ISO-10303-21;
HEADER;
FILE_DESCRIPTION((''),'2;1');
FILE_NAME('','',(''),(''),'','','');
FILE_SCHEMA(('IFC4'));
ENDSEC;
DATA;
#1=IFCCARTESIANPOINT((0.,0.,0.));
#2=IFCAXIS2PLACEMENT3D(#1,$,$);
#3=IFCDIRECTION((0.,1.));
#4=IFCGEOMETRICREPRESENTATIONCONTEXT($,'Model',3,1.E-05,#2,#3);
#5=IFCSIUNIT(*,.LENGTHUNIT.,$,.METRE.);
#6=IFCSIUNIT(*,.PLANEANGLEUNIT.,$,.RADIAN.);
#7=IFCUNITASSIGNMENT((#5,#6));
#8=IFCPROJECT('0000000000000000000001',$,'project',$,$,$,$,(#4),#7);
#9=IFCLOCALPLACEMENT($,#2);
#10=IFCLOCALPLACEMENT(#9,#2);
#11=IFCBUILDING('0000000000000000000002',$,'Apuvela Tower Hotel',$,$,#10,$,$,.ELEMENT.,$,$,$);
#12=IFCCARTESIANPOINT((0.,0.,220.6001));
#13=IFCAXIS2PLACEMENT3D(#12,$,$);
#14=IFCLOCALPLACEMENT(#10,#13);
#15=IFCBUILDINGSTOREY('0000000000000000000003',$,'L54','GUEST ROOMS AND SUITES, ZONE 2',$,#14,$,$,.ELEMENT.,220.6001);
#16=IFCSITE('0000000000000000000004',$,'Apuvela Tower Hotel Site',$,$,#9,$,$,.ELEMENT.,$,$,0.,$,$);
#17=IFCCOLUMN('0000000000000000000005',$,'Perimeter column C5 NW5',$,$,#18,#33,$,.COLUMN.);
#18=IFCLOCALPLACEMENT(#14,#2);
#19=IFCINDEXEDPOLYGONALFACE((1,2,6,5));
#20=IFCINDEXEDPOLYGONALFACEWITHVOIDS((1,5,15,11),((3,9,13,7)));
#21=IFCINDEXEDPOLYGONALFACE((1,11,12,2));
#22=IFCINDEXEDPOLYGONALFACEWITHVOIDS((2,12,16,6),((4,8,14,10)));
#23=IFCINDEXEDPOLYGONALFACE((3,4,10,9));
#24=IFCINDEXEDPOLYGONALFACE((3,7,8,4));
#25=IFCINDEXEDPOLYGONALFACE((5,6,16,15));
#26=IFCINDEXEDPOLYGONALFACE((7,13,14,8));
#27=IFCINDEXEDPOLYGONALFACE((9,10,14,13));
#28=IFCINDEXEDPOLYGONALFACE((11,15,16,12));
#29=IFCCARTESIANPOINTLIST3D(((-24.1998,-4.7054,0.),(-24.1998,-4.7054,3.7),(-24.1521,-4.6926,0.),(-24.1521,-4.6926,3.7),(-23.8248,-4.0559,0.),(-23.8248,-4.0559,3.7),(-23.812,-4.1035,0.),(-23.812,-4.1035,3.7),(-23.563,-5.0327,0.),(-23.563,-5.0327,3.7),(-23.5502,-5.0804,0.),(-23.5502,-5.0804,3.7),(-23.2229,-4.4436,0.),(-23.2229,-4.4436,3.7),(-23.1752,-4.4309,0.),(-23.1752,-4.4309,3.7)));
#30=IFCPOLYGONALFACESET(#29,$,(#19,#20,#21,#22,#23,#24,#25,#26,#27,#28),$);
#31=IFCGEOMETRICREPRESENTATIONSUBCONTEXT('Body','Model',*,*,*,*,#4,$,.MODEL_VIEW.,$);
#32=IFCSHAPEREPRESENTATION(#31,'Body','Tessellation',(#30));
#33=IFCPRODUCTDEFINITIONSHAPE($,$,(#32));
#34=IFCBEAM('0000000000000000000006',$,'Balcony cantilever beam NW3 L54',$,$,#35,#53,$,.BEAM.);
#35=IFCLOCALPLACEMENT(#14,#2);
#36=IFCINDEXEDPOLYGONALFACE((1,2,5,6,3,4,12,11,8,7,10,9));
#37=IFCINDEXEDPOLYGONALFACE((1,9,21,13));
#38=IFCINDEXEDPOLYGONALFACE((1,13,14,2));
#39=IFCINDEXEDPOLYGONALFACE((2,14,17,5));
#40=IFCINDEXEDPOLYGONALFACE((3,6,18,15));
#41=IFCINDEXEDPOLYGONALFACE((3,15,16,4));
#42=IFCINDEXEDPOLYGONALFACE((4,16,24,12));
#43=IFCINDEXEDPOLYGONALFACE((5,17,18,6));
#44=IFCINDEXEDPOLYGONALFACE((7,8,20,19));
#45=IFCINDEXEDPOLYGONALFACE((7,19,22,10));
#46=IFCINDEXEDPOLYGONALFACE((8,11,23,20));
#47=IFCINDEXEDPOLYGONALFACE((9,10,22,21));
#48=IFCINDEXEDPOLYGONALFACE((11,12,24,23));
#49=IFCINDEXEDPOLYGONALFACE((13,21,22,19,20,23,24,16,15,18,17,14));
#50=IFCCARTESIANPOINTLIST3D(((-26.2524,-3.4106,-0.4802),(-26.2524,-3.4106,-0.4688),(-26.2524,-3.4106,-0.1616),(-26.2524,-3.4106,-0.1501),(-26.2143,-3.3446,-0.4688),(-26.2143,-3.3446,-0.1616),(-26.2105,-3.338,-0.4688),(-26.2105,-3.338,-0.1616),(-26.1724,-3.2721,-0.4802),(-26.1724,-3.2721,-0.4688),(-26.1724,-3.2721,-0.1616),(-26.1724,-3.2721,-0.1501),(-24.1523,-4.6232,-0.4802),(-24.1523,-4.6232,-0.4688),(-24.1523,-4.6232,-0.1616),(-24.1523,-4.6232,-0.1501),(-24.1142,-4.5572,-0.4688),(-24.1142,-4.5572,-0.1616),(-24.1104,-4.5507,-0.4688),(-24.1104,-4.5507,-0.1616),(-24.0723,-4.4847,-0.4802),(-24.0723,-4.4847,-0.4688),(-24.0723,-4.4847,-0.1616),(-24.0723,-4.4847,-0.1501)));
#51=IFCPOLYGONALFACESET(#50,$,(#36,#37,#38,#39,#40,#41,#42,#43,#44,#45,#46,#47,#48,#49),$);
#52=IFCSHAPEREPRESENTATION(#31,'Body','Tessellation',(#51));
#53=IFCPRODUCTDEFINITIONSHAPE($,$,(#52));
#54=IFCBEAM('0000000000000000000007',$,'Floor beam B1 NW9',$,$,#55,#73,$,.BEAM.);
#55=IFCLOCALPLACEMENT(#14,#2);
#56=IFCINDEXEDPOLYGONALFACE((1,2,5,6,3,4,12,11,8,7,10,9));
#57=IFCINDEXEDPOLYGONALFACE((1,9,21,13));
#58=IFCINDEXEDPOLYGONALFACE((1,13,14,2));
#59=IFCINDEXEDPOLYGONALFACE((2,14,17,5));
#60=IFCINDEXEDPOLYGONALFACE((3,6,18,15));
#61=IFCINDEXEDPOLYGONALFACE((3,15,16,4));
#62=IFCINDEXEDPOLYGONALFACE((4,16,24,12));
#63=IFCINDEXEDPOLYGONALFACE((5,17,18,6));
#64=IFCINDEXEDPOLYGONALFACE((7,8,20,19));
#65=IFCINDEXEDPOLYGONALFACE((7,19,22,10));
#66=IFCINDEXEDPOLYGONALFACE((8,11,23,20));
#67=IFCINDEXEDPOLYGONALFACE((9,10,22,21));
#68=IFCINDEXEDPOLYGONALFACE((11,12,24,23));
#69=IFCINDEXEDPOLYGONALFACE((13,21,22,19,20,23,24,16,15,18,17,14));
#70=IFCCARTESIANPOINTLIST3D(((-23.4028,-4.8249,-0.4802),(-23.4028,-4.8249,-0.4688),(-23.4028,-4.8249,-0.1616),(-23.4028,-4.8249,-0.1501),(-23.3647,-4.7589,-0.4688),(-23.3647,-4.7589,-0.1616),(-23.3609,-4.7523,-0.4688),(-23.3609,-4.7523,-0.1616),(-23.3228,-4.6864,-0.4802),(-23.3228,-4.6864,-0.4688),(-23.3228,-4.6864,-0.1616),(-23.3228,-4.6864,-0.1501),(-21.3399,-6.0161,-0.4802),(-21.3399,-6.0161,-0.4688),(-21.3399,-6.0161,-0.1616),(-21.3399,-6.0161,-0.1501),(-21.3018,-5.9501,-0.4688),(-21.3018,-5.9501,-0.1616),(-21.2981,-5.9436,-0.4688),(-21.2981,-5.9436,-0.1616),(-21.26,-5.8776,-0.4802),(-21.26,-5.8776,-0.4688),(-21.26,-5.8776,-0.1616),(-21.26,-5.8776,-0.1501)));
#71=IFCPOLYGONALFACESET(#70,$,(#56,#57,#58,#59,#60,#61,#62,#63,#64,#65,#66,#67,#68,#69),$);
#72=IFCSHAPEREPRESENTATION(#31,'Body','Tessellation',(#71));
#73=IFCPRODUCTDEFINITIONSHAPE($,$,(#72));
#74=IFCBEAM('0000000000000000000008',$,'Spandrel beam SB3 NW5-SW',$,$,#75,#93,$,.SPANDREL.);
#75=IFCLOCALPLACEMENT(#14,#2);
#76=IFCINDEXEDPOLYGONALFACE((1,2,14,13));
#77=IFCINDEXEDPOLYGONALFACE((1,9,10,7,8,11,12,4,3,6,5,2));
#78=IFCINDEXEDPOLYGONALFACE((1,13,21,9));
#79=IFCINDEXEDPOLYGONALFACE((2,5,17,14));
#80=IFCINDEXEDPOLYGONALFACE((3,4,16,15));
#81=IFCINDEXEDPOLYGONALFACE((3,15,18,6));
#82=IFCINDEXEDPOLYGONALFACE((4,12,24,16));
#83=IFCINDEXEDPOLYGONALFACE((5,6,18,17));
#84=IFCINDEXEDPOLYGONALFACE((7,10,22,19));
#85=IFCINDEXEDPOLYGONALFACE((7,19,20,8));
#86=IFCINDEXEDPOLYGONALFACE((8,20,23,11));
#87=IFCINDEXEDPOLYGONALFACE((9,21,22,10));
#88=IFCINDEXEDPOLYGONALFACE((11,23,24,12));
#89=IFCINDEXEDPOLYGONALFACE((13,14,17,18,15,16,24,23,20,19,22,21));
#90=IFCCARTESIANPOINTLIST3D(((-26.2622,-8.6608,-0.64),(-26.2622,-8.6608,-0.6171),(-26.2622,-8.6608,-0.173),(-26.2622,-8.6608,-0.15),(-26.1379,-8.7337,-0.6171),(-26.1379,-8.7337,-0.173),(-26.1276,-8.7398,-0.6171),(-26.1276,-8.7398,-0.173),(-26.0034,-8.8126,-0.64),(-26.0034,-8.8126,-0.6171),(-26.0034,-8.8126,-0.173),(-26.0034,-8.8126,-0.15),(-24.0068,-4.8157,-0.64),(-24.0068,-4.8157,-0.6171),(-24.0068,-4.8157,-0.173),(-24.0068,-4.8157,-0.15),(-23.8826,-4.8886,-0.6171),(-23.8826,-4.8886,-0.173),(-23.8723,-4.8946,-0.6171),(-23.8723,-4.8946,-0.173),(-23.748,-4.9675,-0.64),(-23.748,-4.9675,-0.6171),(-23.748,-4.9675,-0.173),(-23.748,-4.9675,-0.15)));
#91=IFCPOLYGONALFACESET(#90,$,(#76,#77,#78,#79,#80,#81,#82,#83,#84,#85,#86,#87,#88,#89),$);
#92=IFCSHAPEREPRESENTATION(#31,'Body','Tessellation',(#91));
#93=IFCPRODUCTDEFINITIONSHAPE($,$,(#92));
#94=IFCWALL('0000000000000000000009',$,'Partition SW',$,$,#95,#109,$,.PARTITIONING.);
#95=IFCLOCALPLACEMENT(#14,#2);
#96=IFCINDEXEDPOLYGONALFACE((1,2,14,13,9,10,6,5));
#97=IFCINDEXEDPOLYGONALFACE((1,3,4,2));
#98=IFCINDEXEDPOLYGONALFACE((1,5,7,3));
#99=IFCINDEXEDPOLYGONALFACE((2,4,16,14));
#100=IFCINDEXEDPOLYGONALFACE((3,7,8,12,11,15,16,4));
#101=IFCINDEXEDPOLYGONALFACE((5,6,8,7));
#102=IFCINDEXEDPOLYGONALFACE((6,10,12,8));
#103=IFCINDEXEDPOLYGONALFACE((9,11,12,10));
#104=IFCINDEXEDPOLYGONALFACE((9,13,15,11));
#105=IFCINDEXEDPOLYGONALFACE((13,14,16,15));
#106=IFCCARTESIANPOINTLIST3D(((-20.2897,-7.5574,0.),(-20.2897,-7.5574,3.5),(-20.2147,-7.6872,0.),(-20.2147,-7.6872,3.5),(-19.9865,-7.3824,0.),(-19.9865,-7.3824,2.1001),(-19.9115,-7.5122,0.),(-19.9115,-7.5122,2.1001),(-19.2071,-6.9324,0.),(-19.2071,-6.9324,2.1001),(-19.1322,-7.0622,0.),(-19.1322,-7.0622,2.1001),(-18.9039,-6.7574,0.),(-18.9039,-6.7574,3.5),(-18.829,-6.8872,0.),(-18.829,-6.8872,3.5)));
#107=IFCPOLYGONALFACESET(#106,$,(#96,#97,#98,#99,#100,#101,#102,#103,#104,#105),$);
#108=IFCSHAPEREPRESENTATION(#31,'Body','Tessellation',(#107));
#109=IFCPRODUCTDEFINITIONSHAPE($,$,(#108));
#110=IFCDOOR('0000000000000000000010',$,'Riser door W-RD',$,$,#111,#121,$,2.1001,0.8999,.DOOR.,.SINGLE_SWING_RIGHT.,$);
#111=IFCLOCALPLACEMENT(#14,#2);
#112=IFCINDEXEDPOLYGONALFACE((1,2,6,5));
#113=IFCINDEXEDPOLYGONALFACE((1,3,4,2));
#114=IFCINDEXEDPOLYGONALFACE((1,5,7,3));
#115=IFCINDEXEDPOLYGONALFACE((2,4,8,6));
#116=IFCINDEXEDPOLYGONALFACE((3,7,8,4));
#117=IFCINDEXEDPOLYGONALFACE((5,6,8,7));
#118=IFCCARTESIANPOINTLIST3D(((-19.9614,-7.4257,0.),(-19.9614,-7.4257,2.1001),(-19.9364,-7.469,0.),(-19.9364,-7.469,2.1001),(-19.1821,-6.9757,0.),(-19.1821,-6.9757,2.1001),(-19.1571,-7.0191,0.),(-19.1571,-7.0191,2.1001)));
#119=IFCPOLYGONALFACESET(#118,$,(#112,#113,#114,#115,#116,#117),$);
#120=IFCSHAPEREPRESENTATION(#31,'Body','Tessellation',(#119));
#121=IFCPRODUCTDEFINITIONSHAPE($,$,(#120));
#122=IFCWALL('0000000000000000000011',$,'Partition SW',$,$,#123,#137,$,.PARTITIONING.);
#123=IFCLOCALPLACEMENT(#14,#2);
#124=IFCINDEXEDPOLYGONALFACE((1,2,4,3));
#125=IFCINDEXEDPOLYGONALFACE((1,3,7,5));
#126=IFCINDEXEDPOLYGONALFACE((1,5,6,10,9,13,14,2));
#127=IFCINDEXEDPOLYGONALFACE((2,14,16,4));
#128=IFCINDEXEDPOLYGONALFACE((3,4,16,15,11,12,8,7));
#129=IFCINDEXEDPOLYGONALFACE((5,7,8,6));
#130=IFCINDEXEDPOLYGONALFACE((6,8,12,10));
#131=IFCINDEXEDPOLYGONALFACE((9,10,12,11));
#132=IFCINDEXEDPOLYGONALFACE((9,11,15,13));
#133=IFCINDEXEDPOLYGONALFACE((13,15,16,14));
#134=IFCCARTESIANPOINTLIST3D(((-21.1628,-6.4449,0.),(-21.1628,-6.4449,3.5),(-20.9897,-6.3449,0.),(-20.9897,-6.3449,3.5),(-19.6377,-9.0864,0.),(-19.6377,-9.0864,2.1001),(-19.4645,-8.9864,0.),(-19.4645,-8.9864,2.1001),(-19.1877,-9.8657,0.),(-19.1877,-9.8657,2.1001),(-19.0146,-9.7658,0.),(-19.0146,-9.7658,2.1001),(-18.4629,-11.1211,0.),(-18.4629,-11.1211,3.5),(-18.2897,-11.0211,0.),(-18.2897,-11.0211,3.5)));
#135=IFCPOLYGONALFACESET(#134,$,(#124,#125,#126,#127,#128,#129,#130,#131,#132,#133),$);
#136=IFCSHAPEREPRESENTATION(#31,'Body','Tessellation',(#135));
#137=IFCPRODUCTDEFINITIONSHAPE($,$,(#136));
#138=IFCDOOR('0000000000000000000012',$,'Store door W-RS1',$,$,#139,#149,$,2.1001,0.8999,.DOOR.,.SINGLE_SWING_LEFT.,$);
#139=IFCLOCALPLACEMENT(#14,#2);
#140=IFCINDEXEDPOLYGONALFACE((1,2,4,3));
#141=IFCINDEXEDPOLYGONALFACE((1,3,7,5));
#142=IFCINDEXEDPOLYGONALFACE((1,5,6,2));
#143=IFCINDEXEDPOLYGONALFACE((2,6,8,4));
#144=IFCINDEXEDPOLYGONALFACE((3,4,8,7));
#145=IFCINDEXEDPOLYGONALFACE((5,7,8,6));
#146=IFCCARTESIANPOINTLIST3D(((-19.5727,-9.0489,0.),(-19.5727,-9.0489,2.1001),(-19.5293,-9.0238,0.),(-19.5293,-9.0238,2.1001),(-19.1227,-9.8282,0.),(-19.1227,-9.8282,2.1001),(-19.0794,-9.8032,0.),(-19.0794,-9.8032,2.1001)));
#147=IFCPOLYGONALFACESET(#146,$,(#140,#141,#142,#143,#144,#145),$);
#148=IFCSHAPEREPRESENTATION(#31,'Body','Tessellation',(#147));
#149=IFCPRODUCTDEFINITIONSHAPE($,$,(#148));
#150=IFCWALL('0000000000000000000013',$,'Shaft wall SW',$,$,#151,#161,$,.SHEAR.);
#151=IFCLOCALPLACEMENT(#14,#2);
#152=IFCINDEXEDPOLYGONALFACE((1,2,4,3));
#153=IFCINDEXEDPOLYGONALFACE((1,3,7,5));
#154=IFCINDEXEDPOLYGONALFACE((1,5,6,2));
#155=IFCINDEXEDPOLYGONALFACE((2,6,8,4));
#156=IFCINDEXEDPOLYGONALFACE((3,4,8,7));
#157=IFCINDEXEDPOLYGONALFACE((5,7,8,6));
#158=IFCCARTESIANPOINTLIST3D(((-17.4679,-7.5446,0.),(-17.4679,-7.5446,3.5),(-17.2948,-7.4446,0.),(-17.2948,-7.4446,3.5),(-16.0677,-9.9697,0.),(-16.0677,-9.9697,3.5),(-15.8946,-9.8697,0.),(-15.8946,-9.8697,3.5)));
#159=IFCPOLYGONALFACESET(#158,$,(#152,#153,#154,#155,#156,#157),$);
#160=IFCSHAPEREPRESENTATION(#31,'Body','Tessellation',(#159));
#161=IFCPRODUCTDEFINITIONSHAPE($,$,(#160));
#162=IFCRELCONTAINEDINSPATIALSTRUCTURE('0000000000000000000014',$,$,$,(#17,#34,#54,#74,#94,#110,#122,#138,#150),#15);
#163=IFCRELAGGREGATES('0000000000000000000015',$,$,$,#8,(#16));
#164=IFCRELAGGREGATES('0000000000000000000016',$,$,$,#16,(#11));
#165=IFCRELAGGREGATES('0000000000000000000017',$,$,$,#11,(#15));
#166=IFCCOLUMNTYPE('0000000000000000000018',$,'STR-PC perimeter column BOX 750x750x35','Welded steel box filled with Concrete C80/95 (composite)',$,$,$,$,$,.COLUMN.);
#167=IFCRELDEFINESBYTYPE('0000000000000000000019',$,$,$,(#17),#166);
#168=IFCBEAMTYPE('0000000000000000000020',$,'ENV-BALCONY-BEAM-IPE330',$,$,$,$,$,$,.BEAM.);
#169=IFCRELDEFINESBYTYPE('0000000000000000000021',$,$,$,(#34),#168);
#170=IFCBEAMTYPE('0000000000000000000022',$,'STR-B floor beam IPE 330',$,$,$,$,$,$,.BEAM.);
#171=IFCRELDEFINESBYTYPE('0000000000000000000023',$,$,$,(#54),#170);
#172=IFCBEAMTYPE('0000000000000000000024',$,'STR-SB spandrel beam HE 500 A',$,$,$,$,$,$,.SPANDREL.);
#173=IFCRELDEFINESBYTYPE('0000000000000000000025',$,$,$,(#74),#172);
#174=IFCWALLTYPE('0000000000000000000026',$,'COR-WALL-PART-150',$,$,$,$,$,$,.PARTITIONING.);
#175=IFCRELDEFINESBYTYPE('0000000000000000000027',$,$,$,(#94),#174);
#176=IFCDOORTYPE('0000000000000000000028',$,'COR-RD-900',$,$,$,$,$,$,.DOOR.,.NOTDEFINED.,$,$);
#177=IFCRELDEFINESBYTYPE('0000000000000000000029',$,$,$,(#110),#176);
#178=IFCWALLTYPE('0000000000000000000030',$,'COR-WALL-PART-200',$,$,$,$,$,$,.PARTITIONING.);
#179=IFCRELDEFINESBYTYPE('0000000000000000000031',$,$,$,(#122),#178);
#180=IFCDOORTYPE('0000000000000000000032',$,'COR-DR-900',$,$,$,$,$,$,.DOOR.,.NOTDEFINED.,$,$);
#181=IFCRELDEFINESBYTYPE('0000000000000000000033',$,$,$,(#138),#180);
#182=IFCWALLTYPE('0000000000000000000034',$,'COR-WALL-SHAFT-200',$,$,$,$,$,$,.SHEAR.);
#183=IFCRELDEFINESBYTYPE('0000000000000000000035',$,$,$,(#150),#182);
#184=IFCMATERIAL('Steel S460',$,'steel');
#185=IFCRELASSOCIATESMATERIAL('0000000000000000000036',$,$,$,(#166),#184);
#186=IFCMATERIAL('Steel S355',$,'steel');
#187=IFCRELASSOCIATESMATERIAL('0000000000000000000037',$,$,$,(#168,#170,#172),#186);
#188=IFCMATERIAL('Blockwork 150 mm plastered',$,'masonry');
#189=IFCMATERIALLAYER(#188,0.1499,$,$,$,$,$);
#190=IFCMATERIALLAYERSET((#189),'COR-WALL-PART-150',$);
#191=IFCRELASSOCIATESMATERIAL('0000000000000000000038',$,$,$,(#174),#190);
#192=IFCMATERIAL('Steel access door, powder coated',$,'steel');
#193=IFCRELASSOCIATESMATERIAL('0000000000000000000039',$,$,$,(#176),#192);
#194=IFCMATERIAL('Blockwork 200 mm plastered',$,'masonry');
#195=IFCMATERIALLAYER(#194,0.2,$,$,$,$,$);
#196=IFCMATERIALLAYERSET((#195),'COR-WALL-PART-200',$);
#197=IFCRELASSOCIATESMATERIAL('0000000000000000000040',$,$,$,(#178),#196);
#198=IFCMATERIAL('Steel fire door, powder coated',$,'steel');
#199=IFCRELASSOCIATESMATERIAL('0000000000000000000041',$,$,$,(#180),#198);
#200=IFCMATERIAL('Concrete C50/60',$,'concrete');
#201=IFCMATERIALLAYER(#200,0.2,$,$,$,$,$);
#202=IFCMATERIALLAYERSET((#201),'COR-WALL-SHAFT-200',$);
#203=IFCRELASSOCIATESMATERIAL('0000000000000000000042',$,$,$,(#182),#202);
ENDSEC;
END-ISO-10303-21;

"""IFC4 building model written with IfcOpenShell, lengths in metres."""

from ifc_helpers import new_model, si_unit, direction, frame, frame_2d, origin, origin_2d, place, context, subcontext, project, spatial, rectangle, hollow_rectangle, i_section, extrude, material, layer, layer_set, material_profile, profile_set, type_object, element, fill, save


model = new_model("IFC4")

# Units and contexts
model_context = context("Model", 3, precision=1e-05, world=origin(), true_north=direction((0.0, 1.0)))
body_context = subcontext(model_context, "Body", "Model", "MODEL_VIEW")
ifc_project = project(units=[si_unit("LENGTHUNIT", "METRE"), si_unit("PLANEANGLEUNIT", "RADIAN")], contexts=[model_context])

# Site, building, storey
site_placement = place(None, origin())
site = spatial("IfcSite", under=ifc_project, at=site_placement, Name="Apuvela Tower Hotel Site", CompositionType="ELEMENT", RefElevation=0.0)
building_placement = place(site_placement, origin())
building = spatial("IfcBuilding", under=site, at=building_placement, Name="Apuvela Tower Hotel", CompositionType="ELEMENT")
storey_placement = place(building_placement, frame((0.0, 0.0, 220.6001)))
storey = spatial("IfcBuildingStorey", under=building, at=storey_placement, Name="L54", Description="GUEST ROOMS AND SUITES, ZONE 2", CompositionType="ELEMENT", Elevation=220.6001)

# Column
ifc_material_1 = material(Name="Steel S460", Category="steel")
ifc_material_profile_1 = material_profile(ifc_material_1, hollow_rectangle(XDim=0.75, YDim=0.75, WallThickness=0.0349, at=origin_2d()), Name="BOX 750x750x35")
ifc_material_2 = material(Name="Concrete C80/95", Category="concrete")
ifc_material_profile_2 = material_profile(ifc_material_2, rectangle(XDim=0.6799, YDim=0.6799, at=origin_2d()), Name="Concrete C80/95 infill")
ifc_profile_set_1 = profile_set([ifc_material_profile_1, ifc_material_profile_2], Name="Steel S460")
column_type = type_object("IfcColumnType", Name="STR-PC perimeter column BOX 750x750x35", Description="Welded steel box filled with Concrete C80/95 (composite)", PredefinedType="COLUMN", material=ifc_profile_set_1)
column_placement = place(storey_placement, frame((-23.6875, -4.5681, 0.0), z_axis=(0.0, 0.0, 1.0), x_axis=(0.5, 0.866025, 0.0)))
element("IfcColumn", 1, at=column_placement, inside=storey, type_object=column_type, Name="Perimeter column C5 NW5", PredefinedType="COLUMN", context=body_context, shape_type="SweptSolid", body=[
    extrude(hollow_rectangle(XDim=0.75, YDim=0.75, WallThickness=0.0349, at=origin_2d()), origin(), (0.0, 0.0, 1.0), 3.7),
])

# Beams
ifc_material_3 = material(Name="Steel S355", Category="steel")
ifc_material_profile_3 = material_profile(ifc_material_3, i_section(OverallWidth=0.1599, OverallDepth=0.3301, WebThickness=0.0076, FlangeThickness=0.0115, at=origin_2d()), Name="IPE 330")
ifc_profile_set_2 = profile_set([ifc_material_profile_3], Name="Steel S355")
beam_type_1 = type_object("IfcBeamType", Name="ENV-BALCONY-BEAM-IPE330", PredefinedType="BEAM", material=ifc_profile_set_2)
beam_1_placement = place(storey_placement, frame((-24.1123, -4.554, -0.3152), z_axis=(-0.865998, 0.500048, 0.0), x_axis=(-0.500048, -0.865998, 0.0)))
element("IfcBeam", 2, at=beam_1_placement, inside=storey, type_object=beam_type_1, Name="Balcony cantilever beam NW3 L54", PredefinedType="BEAM", context=body_context, shape_type="SweptSolid", body=[
    extrude(i_section(OverallWidth=0.1599, OverallDepth=0.3301, WebThickness=0.0076, FlangeThickness=0.0115, at=origin_2d()), origin(), (0.0, 0.0, 1.0), 2.425),
])
ifc_material_profile_4 = material_profile(ifc_material_3, i_section(OverallWidth=0.1599, OverallDepth=0.3301, WebThickness=0.0076, FlangeThickness=0.0115, at=origin_2d()), Name="IPE 330")
ifc_profile_set_3 = profile_set([ifc_material_profile_4], Name="Steel S355")
beam_type_2 = type_object("IfcBeamType", Name="STR-B floor beam IPE 330", PredefinedType="BEAM", material=ifc_profile_set_3)
beam_2_placement = place(storey_placement, frame((-23.3628, -4.7556, -0.3152), z_axis=(0.865982, -0.500074, 0.0), x_axis=(0.500074, 0.865982, 0.0)))
element("IfcBeam", 3, at=beam_2_placement, inside=storey, type_object=beam_type_2, Name="Floor beam B1 NW9", PredefinedType="BEAM", context=body_context, shape_type="SweptSolid", body=[
    extrude(i_section(OverallWidth=0.1599, OverallDepth=0.3301, WebThickness=0.0076, FlangeThickness=0.0115, at=origin_2d()), origin(), (0.0, 0.0, 1.0), 2.3821),
])
ifc_material_profile_5 = material_profile(ifc_material_3, i_section(OverallWidth=0.3, OverallDepth=0.49, WebThickness=0.012, FlangeThickness=0.0229, at=origin_2d()), Name="HE 500 A")
ifc_profile_set_4 = profile_set([ifc_material_profile_5], Name="Steel S355")
beam_type_3 = type_object("IfcBeamType", Name="STR-SB spandrel beam HE 500 A", PredefinedType="SPANDREL", material=ifc_profile_set_4)
beam_3_placement = place(storey_placement, frame((-23.8774, -4.8916, -0.395), z_axis=(-0.505933, -0.862573, 0.0), x_axis=(0.862573, -0.505933, 0.0)))
element("IfcBeam", 4, at=beam_3_placement, inside=storey, type_object=beam_type_3, Name="Spandrel beam SB3 NW5-SW", PredefinedType="SPANDREL", context=body_context, shape_type="SweptSolid", body=[
    extrude(i_section(OverallWidth=0.3, OverallDepth=0.49, WebThickness=0.012, FlangeThickness=0.0229, at=origin_2d()), origin(), (0.0, 0.0, 1.0), 4.4578),
])

# Walls, openings, doors
ifc_material_4 = material(Name="Blockwork 150 mm plastered", Category="masonry")
ifc_layer_1 = layer(ifc_material_4, 0.1499)
ifc_layer_set_1 = layer_set([ifc_layer_1], Name="COR-WALL-PART-150")
wall_type_1 = type_object("IfcWallType", Name="COR-WALL-PART-150", PredefinedType="PARTITIONING", material=ifc_layer_set_1)
wall_1_placement = place(storey_placement, frame((-18.8665, -6.8223, 0.0), z_axis=(0.0, 0.0, 1.0), x_axis=(-0.866028, -0.499995, 0.0)))
wall_1 = element("IfcWall", 5, at=wall_1_placement, inside=storey, type_object=wall_type_1, Name="Partition SW", PredefinedType="PARTITIONING", context=body_context, shape_type="SweptSolid", body=[
    extrude(rectangle(XDim=1.6001, YDim=0.1499, at=frame_2d((0.8, 0.0))), origin(), (0.0, 0.0, 1.0), 3.5),
])
opening_1_placement = place(wall_1_placement, frame((0.3501, 0.0, 0.0)))
opening_1 = element("IfcOpeningElement", 6, at=opening_1_placement, cuts=wall_1, PredefinedType="OPENING", context=body_context, shape_type="SweptSolid", body=[
    extrude(rectangle(XDim=0.8999, YDim=2.1001, at=frame_2d((0.45, 1.05))), frame((0.0, 0.085, 0.0), z_axis=(0.0, -1.0, 0.0), x_axis=(1.0, 0.0, 0.0)), (0.0, 0.0, 1.0), 0.1699),
])
ifc_material_5 = material(Name="Steel access door, powder coated", Category="steel")
door_type_1 = type_object("IfcDoorType", Name="COR-RD-900", OperationType="NOTDEFINED", PredefinedType="DOOR", material=ifc_material_5)
door_1_placement = place(opening_1_placement, frame((0.8999, 0.0, 0.0), z_axis=(0.0, 0.0, 1.0), x_axis=(-1.0, 0.0, 0.0)))
door_1 = element("IfcDoor", 7, at=door_1_placement, inside=storey, type_object=door_type_1, Name="Riser door W-RD", OperationType="SINGLE_SWING_RIGHT", OverallHeight=2.1001, OverallWidth=0.8999, PredefinedType="DOOR", context=body_context, shape_type="SweptSolid", body=[
    extrude(rectangle(XDim=0.8999, YDim=2.1001, at=frame_2d((0.45, 1.05))), frame((0.0, 0.0249, 0.0), z_axis=(0.0, -1.0, 0.0), x_axis=(1.0, 0.0, 0.0)), (0.0, 0.0, 1.0), 0.05),
])
fill(opening_1, door_1)
ifc_material_6 = material(Name="Blockwork 200 mm plastered", Category="masonry")
ifc_layer_2 = layer(ifc_material_6, 0.2)
ifc_layer_set_2 = layer_set([ifc_layer_2], Name="COR-WALL-PART-200")
wall_type_2 = type_object("IfcWallType", Name="COR-WALL-PART-200", PredefinedType="PARTITIONING", material=ifc_layer_set_2)
wall_2_placement = place(storey_placement, frame((-21.0762, -6.395, 0.0), z_axis=(0.0, 0.0, 1.0), x_axis=(0.500015, -0.866017, 0.0)))
wall_2 = element("IfcWall", 8, at=wall_2_placement, inside=storey, type_object=wall_type_2, Name="Partition SW", PredefinedType="PARTITIONING", context=body_context, shape_type="SweptSolid", body=[
    extrude(rectangle(XDim=5.3997, YDim=0.2, at=frame_2d((2.6997, 0.0))), origin(), (0.0, 0.0, 1.0), 3.5),
])
opening_2_placement = place(wall_2_placement, frame((3.05, 0.0, 0.0)))
opening_2 = element("IfcOpeningElement", 9, at=opening_2_placement, cuts=wall_2, PredefinedType="OPENING", context=body_context, shape_type="SweptSolid", body=[
    extrude(rectangle(XDim=0.8999, YDim=2.1001, at=frame_2d((0.45, 1.05))), frame((0.0, 0.1099, 0.0), z_axis=(0.0, -1.0, 0.0), x_axis=(1.0, 0.0, 0.0)), (0.0, 0.0, 1.0), 0.22),
])
ifc_material_7 = material(Name="Steel fire door, powder coated", Category="steel")
door_type_2 = type_object("IfcDoorType", Name="COR-DR-900", OperationType="NOTDEFINED", PredefinedType="DOOR", material=ifc_material_7)
door_2_placement = place(opening_2_placement, frame((0.8999, 0.0, 0.0), z_axis=(0.0, 0.0, 1.0), x_axis=(-1.0, 0.0, 0.0)))
door_2 = element("IfcDoor", 10, at=door_2_placement, inside=storey, type_object=door_type_2, Name="Store door W-RS1", OperationType="SINGLE_SWING_LEFT", OverallHeight=2.1001, OverallWidth=0.8999, PredefinedType="DOOR", context=body_context, shape_type="SweptSolid", body=[
    extrude(rectangle(XDim=0.8999, YDim=2.1001, at=frame_2d((0.45, 1.05))), frame((0.0, 0.0249, 0.0), z_axis=(0.0, -1.0, 0.0), x_axis=(1.0, 0.0, 0.0)), (0.0, 0.0, 1.0), 0.05),
])
fill(opening_2, door_2)

# Wall
ifc_material_8 = material(Name="Concrete C50/60", Category="concrete")
ifc_layer_3 = layer(ifc_material_8, 0.2)
ifc_layer_set_3 = layer_set([ifc_layer_3], Name="COR-WALL-SHAFT-200")
wall_type_3 = type_object("IfcWallType", Name="COR-WALL-SHAFT-200", PredefinedType="SHEAR", material=ifc_layer_set_3)
wall_3_placement = place(storey_placement, frame((-17.3813, -7.4946, 0.0), z_axis=(0.0, 0.0, 1.0), x_axis=(0.500012, -0.866019, 0.0)))
element("IfcWall", 11, at=wall_3_placement, inside=storey, type_object=wall_type_3, Name="Shaft wall SW", PredefinedType="SHEAR", context=body_context, shape_type="SweptSolid", body=[
    extrude(rectangle(XDim=2.8003, YDim=0.2, at=frame_2d((1.4001, 0.0))), origin(), (0.0, 0.0, 1.0), 3.5),
])

save(model, "model.ifc")
